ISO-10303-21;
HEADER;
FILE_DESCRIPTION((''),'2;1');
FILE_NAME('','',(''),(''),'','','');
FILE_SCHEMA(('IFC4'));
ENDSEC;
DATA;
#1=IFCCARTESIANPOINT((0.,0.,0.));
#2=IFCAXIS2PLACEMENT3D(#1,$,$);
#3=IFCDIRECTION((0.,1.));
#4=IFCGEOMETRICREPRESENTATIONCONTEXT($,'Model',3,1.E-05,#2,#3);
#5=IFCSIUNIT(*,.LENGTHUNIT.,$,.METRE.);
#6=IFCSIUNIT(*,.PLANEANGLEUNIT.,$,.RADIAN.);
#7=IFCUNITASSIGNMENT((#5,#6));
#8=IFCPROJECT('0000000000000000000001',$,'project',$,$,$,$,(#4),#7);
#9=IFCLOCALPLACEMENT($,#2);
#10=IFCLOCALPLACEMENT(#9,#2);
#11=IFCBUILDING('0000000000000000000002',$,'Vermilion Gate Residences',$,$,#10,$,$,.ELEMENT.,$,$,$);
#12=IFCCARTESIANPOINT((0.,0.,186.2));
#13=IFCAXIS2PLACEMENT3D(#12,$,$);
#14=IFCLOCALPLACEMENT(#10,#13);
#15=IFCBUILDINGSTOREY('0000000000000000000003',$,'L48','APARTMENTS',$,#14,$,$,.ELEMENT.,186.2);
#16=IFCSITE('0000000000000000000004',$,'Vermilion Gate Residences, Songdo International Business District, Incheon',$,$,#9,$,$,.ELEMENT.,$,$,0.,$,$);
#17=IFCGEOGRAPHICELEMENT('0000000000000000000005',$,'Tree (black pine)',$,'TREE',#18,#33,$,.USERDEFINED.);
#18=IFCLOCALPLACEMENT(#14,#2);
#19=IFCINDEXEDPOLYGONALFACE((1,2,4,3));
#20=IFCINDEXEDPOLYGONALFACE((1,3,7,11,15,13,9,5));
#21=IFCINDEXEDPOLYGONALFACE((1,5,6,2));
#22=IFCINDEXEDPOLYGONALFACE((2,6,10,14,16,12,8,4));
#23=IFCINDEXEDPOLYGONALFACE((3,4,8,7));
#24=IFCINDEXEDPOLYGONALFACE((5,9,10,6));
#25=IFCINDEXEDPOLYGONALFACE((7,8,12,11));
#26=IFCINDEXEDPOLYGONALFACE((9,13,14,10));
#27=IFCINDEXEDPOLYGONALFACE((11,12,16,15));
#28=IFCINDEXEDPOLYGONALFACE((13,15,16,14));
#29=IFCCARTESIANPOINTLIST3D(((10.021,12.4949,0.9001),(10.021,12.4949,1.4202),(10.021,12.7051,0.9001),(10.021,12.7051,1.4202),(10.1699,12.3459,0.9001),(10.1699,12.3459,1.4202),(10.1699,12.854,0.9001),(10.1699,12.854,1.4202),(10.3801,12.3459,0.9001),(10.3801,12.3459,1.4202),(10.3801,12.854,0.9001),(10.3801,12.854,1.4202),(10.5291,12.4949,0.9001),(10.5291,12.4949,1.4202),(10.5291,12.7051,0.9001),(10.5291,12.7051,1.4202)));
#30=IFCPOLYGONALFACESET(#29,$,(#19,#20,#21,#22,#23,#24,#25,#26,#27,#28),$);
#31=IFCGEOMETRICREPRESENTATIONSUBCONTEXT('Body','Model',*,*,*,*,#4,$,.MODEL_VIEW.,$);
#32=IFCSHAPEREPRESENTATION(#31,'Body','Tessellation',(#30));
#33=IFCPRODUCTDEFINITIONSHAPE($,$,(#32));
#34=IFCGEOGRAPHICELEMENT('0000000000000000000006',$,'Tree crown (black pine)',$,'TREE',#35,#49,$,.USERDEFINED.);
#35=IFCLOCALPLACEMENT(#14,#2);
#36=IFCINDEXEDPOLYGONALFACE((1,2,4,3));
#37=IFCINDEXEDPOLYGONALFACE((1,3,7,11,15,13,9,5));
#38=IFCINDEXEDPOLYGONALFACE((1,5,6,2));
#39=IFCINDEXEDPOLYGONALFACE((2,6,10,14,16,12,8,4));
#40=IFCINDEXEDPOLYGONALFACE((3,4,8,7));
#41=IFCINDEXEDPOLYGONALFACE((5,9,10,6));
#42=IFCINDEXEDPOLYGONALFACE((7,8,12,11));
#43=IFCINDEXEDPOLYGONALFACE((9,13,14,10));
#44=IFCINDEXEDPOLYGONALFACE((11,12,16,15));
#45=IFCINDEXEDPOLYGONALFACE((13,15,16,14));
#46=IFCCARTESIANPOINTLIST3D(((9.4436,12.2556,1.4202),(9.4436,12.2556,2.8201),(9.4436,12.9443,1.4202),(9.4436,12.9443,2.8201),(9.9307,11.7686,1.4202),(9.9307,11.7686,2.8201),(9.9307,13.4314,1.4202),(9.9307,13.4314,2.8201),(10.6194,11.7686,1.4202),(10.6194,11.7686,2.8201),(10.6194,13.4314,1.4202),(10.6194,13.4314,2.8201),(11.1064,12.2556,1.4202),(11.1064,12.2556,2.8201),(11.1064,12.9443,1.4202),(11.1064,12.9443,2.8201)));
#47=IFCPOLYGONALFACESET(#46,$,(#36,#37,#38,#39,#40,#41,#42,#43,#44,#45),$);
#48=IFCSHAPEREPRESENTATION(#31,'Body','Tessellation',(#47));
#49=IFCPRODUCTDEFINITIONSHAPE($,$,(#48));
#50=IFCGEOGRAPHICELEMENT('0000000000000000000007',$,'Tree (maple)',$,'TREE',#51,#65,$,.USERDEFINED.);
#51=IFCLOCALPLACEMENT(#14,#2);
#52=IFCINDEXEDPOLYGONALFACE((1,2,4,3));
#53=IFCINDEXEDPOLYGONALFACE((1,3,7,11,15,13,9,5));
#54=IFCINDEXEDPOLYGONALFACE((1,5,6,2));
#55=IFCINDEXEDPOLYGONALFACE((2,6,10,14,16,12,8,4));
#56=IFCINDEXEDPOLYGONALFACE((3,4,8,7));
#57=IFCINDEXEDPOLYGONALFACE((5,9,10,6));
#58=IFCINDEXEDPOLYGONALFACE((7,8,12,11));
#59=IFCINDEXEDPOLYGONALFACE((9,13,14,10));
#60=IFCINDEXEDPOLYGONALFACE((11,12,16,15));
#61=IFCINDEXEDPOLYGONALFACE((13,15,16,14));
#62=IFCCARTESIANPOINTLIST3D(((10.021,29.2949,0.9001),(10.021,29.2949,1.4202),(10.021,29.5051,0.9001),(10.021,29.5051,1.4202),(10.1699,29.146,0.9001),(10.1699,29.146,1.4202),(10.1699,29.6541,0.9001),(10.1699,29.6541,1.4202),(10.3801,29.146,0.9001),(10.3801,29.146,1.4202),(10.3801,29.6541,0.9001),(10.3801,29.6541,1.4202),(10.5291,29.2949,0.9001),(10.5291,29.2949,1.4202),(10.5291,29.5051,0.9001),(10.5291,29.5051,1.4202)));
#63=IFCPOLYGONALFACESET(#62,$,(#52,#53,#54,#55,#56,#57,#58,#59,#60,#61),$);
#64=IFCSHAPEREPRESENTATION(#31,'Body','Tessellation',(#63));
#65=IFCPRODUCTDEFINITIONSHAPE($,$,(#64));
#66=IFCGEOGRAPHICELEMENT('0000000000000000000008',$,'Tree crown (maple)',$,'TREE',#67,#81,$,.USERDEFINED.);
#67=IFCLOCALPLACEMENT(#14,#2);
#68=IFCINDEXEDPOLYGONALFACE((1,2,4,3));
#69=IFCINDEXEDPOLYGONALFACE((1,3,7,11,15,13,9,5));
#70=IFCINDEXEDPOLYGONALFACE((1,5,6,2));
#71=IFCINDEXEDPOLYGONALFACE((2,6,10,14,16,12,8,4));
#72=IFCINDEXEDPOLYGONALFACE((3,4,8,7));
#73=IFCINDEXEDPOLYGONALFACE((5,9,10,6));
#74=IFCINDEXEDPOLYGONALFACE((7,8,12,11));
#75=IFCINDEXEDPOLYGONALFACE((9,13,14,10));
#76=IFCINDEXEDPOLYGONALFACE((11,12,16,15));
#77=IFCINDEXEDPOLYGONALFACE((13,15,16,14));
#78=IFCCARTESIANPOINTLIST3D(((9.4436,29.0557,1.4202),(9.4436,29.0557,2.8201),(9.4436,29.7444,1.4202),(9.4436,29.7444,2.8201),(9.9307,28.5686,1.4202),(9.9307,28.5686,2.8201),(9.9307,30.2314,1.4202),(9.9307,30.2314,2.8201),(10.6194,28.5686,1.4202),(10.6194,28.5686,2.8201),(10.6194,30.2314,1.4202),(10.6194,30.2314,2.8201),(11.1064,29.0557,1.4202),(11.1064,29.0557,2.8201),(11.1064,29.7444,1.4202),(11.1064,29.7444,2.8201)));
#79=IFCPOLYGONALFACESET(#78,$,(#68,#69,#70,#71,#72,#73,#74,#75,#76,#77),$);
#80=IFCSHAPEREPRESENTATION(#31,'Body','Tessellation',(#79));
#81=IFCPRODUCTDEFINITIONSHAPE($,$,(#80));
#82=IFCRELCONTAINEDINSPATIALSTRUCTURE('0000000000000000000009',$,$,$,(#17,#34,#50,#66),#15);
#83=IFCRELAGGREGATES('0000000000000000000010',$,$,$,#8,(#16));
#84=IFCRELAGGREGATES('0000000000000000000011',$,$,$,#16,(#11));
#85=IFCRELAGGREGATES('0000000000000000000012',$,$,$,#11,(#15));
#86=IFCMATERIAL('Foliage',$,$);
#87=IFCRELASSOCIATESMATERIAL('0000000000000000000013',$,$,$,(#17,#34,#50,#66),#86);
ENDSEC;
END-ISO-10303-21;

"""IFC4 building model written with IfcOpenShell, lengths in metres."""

from ifc_helpers import new_model, si_unit, direction, frame, origin, place, context, subcontext, project, spatial, polyline, outline, extrude, material, element, save


model = new_model("IFC4")

# Units and contexts
model_context = context("Model", 3, precision=1e-05, world=origin(), true_north=direction((0.0, 1.0)))
body_context = subcontext(model_context, "Body", "Model", "MODEL_VIEW")
ifc_project = project(units=[si_unit("LENGTHUNIT", "METRE"), si_unit("PLANEANGLEUNIT", "RADIAN")], contexts=[model_context])

# Site, building, storey
site_placement = place(None, origin())
site = spatial("IfcSite", under=ifc_project, at=site_placement, Name="Vermilion Gate Residences, Songdo International Business District, Incheon", CompositionType="ELEMENT", RefElevation=0.0)
building_placement = place(site_placement, origin())
building = spatial("IfcBuilding", under=site, at=building_placement, Name="Vermilion Gate Residences", CompositionType="ELEMENT")
storey_placement = place(building_placement, frame((0.0, 0.0, 186.2)))
storey = spatial("IfcBuildingStorey", under=building, at=storey_placement, Name="L48", Description="APARTMENTS", CompositionType="ELEMENT", Elevation=186.2)

# Geographic elements
ifc_material_1 = material(Name="Foliage")
geographic_element_1_placement = place(storey_placement, frame((0.0, 0.0, 0.9001)))
element("IfcGeographicElement", 1, at=geographic_element_1_placement, inside=storey, material=ifc_material_1, Name="Tree (black pine)", ObjectType="TREE", PredefinedType="USERDEFINED", context=body_context, shape_type="SweptSolid", body=[
    extrude(outline(polyline([(10.5291, 12.7051), (10.3801, 12.854), (10.1699, 12.854), (10.021, 12.7051), (10.021, 12.4949), (10.1699, 12.3459), (10.3801, 12.3459), (10.5291, 12.4949), (10.5291, 12.7051)])), origin(), (0.0, 0.0, 1.0), 0.52),
])
geographic_element_2_placement = place(storey_placement, frame((0.0, 0.0, 1.4202)))
element("IfcGeographicElement", 2, at=geographic_element_2_placement, inside=storey, material=ifc_material_1, Name="Tree crown (black pine)", ObjectType="TREE", PredefinedType="USERDEFINED", context=body_context, shape_type="SweptSolid", body=[
    extrude(outline(polyline([(11.1064, 12.9443), (10.6194, 13.4314), (9.9307, 13.4314), (9.4436, 12.9443), (9.4436, 12.2556), (9.9307, 11.7686), (10.6194, 11.7686), (11.1064, 12.2556), (11.1064, 12.9443)])), origin(), (0.0, 0.0, 1.0), 1.3999),
])
geographic_element_3_placement = place(storey_placement, frame((0.0, 0.0, 0.9001)))
element("IfcGeographicElement", 3, at=geographic_element_3_placement, inside=storey, material=ifc_material_1, Name="Tree (maple)", ObjectType="TREE", PredefinedType="USERDEFINED", context=body_context, shape_type="SweptSolid", body=[
    extrude(outline(polyline([(10.5291, 29.5051), (10.3801, 29.6541), (10.1699, 29.6541), (10.021, 29.5051), (10.021, 29.2949), (10.1699, 29.146), (10.3801, 29.146), (10.5291, 29.2949), (10.5291, 29.5051)])), origin(), (0.0, 0.0, 1.0), 0.52),
])
geographic_element_4_placement = place(storey_placement, frame((0.0, 0.0, 1.4202)))
element("IfcGeographicElement", 4, at=geographic_element_4_placement, inside=storey, material=ifc_material_1, Name="Tree crown (maple)", ObjectType="TREE", PredefinedType="USERDEFINED", context=body_context, shape_type="SweptSolid", body=[
    extrude(outline(polyline([(11.1064, 29.7444), (10.6194, 30.2314), (9.9307, 30.2314), (9.4436, 29.7444), (9.4436, 29.0557), (9.9307, 28.5686), (10.6194, 28.5686), (11.1064, 29.0557), (11.1064, 29.7444)])), origin(), (0.0, 0.0, 1.0), 1.3999),
])

save(model, "model.ifc")
